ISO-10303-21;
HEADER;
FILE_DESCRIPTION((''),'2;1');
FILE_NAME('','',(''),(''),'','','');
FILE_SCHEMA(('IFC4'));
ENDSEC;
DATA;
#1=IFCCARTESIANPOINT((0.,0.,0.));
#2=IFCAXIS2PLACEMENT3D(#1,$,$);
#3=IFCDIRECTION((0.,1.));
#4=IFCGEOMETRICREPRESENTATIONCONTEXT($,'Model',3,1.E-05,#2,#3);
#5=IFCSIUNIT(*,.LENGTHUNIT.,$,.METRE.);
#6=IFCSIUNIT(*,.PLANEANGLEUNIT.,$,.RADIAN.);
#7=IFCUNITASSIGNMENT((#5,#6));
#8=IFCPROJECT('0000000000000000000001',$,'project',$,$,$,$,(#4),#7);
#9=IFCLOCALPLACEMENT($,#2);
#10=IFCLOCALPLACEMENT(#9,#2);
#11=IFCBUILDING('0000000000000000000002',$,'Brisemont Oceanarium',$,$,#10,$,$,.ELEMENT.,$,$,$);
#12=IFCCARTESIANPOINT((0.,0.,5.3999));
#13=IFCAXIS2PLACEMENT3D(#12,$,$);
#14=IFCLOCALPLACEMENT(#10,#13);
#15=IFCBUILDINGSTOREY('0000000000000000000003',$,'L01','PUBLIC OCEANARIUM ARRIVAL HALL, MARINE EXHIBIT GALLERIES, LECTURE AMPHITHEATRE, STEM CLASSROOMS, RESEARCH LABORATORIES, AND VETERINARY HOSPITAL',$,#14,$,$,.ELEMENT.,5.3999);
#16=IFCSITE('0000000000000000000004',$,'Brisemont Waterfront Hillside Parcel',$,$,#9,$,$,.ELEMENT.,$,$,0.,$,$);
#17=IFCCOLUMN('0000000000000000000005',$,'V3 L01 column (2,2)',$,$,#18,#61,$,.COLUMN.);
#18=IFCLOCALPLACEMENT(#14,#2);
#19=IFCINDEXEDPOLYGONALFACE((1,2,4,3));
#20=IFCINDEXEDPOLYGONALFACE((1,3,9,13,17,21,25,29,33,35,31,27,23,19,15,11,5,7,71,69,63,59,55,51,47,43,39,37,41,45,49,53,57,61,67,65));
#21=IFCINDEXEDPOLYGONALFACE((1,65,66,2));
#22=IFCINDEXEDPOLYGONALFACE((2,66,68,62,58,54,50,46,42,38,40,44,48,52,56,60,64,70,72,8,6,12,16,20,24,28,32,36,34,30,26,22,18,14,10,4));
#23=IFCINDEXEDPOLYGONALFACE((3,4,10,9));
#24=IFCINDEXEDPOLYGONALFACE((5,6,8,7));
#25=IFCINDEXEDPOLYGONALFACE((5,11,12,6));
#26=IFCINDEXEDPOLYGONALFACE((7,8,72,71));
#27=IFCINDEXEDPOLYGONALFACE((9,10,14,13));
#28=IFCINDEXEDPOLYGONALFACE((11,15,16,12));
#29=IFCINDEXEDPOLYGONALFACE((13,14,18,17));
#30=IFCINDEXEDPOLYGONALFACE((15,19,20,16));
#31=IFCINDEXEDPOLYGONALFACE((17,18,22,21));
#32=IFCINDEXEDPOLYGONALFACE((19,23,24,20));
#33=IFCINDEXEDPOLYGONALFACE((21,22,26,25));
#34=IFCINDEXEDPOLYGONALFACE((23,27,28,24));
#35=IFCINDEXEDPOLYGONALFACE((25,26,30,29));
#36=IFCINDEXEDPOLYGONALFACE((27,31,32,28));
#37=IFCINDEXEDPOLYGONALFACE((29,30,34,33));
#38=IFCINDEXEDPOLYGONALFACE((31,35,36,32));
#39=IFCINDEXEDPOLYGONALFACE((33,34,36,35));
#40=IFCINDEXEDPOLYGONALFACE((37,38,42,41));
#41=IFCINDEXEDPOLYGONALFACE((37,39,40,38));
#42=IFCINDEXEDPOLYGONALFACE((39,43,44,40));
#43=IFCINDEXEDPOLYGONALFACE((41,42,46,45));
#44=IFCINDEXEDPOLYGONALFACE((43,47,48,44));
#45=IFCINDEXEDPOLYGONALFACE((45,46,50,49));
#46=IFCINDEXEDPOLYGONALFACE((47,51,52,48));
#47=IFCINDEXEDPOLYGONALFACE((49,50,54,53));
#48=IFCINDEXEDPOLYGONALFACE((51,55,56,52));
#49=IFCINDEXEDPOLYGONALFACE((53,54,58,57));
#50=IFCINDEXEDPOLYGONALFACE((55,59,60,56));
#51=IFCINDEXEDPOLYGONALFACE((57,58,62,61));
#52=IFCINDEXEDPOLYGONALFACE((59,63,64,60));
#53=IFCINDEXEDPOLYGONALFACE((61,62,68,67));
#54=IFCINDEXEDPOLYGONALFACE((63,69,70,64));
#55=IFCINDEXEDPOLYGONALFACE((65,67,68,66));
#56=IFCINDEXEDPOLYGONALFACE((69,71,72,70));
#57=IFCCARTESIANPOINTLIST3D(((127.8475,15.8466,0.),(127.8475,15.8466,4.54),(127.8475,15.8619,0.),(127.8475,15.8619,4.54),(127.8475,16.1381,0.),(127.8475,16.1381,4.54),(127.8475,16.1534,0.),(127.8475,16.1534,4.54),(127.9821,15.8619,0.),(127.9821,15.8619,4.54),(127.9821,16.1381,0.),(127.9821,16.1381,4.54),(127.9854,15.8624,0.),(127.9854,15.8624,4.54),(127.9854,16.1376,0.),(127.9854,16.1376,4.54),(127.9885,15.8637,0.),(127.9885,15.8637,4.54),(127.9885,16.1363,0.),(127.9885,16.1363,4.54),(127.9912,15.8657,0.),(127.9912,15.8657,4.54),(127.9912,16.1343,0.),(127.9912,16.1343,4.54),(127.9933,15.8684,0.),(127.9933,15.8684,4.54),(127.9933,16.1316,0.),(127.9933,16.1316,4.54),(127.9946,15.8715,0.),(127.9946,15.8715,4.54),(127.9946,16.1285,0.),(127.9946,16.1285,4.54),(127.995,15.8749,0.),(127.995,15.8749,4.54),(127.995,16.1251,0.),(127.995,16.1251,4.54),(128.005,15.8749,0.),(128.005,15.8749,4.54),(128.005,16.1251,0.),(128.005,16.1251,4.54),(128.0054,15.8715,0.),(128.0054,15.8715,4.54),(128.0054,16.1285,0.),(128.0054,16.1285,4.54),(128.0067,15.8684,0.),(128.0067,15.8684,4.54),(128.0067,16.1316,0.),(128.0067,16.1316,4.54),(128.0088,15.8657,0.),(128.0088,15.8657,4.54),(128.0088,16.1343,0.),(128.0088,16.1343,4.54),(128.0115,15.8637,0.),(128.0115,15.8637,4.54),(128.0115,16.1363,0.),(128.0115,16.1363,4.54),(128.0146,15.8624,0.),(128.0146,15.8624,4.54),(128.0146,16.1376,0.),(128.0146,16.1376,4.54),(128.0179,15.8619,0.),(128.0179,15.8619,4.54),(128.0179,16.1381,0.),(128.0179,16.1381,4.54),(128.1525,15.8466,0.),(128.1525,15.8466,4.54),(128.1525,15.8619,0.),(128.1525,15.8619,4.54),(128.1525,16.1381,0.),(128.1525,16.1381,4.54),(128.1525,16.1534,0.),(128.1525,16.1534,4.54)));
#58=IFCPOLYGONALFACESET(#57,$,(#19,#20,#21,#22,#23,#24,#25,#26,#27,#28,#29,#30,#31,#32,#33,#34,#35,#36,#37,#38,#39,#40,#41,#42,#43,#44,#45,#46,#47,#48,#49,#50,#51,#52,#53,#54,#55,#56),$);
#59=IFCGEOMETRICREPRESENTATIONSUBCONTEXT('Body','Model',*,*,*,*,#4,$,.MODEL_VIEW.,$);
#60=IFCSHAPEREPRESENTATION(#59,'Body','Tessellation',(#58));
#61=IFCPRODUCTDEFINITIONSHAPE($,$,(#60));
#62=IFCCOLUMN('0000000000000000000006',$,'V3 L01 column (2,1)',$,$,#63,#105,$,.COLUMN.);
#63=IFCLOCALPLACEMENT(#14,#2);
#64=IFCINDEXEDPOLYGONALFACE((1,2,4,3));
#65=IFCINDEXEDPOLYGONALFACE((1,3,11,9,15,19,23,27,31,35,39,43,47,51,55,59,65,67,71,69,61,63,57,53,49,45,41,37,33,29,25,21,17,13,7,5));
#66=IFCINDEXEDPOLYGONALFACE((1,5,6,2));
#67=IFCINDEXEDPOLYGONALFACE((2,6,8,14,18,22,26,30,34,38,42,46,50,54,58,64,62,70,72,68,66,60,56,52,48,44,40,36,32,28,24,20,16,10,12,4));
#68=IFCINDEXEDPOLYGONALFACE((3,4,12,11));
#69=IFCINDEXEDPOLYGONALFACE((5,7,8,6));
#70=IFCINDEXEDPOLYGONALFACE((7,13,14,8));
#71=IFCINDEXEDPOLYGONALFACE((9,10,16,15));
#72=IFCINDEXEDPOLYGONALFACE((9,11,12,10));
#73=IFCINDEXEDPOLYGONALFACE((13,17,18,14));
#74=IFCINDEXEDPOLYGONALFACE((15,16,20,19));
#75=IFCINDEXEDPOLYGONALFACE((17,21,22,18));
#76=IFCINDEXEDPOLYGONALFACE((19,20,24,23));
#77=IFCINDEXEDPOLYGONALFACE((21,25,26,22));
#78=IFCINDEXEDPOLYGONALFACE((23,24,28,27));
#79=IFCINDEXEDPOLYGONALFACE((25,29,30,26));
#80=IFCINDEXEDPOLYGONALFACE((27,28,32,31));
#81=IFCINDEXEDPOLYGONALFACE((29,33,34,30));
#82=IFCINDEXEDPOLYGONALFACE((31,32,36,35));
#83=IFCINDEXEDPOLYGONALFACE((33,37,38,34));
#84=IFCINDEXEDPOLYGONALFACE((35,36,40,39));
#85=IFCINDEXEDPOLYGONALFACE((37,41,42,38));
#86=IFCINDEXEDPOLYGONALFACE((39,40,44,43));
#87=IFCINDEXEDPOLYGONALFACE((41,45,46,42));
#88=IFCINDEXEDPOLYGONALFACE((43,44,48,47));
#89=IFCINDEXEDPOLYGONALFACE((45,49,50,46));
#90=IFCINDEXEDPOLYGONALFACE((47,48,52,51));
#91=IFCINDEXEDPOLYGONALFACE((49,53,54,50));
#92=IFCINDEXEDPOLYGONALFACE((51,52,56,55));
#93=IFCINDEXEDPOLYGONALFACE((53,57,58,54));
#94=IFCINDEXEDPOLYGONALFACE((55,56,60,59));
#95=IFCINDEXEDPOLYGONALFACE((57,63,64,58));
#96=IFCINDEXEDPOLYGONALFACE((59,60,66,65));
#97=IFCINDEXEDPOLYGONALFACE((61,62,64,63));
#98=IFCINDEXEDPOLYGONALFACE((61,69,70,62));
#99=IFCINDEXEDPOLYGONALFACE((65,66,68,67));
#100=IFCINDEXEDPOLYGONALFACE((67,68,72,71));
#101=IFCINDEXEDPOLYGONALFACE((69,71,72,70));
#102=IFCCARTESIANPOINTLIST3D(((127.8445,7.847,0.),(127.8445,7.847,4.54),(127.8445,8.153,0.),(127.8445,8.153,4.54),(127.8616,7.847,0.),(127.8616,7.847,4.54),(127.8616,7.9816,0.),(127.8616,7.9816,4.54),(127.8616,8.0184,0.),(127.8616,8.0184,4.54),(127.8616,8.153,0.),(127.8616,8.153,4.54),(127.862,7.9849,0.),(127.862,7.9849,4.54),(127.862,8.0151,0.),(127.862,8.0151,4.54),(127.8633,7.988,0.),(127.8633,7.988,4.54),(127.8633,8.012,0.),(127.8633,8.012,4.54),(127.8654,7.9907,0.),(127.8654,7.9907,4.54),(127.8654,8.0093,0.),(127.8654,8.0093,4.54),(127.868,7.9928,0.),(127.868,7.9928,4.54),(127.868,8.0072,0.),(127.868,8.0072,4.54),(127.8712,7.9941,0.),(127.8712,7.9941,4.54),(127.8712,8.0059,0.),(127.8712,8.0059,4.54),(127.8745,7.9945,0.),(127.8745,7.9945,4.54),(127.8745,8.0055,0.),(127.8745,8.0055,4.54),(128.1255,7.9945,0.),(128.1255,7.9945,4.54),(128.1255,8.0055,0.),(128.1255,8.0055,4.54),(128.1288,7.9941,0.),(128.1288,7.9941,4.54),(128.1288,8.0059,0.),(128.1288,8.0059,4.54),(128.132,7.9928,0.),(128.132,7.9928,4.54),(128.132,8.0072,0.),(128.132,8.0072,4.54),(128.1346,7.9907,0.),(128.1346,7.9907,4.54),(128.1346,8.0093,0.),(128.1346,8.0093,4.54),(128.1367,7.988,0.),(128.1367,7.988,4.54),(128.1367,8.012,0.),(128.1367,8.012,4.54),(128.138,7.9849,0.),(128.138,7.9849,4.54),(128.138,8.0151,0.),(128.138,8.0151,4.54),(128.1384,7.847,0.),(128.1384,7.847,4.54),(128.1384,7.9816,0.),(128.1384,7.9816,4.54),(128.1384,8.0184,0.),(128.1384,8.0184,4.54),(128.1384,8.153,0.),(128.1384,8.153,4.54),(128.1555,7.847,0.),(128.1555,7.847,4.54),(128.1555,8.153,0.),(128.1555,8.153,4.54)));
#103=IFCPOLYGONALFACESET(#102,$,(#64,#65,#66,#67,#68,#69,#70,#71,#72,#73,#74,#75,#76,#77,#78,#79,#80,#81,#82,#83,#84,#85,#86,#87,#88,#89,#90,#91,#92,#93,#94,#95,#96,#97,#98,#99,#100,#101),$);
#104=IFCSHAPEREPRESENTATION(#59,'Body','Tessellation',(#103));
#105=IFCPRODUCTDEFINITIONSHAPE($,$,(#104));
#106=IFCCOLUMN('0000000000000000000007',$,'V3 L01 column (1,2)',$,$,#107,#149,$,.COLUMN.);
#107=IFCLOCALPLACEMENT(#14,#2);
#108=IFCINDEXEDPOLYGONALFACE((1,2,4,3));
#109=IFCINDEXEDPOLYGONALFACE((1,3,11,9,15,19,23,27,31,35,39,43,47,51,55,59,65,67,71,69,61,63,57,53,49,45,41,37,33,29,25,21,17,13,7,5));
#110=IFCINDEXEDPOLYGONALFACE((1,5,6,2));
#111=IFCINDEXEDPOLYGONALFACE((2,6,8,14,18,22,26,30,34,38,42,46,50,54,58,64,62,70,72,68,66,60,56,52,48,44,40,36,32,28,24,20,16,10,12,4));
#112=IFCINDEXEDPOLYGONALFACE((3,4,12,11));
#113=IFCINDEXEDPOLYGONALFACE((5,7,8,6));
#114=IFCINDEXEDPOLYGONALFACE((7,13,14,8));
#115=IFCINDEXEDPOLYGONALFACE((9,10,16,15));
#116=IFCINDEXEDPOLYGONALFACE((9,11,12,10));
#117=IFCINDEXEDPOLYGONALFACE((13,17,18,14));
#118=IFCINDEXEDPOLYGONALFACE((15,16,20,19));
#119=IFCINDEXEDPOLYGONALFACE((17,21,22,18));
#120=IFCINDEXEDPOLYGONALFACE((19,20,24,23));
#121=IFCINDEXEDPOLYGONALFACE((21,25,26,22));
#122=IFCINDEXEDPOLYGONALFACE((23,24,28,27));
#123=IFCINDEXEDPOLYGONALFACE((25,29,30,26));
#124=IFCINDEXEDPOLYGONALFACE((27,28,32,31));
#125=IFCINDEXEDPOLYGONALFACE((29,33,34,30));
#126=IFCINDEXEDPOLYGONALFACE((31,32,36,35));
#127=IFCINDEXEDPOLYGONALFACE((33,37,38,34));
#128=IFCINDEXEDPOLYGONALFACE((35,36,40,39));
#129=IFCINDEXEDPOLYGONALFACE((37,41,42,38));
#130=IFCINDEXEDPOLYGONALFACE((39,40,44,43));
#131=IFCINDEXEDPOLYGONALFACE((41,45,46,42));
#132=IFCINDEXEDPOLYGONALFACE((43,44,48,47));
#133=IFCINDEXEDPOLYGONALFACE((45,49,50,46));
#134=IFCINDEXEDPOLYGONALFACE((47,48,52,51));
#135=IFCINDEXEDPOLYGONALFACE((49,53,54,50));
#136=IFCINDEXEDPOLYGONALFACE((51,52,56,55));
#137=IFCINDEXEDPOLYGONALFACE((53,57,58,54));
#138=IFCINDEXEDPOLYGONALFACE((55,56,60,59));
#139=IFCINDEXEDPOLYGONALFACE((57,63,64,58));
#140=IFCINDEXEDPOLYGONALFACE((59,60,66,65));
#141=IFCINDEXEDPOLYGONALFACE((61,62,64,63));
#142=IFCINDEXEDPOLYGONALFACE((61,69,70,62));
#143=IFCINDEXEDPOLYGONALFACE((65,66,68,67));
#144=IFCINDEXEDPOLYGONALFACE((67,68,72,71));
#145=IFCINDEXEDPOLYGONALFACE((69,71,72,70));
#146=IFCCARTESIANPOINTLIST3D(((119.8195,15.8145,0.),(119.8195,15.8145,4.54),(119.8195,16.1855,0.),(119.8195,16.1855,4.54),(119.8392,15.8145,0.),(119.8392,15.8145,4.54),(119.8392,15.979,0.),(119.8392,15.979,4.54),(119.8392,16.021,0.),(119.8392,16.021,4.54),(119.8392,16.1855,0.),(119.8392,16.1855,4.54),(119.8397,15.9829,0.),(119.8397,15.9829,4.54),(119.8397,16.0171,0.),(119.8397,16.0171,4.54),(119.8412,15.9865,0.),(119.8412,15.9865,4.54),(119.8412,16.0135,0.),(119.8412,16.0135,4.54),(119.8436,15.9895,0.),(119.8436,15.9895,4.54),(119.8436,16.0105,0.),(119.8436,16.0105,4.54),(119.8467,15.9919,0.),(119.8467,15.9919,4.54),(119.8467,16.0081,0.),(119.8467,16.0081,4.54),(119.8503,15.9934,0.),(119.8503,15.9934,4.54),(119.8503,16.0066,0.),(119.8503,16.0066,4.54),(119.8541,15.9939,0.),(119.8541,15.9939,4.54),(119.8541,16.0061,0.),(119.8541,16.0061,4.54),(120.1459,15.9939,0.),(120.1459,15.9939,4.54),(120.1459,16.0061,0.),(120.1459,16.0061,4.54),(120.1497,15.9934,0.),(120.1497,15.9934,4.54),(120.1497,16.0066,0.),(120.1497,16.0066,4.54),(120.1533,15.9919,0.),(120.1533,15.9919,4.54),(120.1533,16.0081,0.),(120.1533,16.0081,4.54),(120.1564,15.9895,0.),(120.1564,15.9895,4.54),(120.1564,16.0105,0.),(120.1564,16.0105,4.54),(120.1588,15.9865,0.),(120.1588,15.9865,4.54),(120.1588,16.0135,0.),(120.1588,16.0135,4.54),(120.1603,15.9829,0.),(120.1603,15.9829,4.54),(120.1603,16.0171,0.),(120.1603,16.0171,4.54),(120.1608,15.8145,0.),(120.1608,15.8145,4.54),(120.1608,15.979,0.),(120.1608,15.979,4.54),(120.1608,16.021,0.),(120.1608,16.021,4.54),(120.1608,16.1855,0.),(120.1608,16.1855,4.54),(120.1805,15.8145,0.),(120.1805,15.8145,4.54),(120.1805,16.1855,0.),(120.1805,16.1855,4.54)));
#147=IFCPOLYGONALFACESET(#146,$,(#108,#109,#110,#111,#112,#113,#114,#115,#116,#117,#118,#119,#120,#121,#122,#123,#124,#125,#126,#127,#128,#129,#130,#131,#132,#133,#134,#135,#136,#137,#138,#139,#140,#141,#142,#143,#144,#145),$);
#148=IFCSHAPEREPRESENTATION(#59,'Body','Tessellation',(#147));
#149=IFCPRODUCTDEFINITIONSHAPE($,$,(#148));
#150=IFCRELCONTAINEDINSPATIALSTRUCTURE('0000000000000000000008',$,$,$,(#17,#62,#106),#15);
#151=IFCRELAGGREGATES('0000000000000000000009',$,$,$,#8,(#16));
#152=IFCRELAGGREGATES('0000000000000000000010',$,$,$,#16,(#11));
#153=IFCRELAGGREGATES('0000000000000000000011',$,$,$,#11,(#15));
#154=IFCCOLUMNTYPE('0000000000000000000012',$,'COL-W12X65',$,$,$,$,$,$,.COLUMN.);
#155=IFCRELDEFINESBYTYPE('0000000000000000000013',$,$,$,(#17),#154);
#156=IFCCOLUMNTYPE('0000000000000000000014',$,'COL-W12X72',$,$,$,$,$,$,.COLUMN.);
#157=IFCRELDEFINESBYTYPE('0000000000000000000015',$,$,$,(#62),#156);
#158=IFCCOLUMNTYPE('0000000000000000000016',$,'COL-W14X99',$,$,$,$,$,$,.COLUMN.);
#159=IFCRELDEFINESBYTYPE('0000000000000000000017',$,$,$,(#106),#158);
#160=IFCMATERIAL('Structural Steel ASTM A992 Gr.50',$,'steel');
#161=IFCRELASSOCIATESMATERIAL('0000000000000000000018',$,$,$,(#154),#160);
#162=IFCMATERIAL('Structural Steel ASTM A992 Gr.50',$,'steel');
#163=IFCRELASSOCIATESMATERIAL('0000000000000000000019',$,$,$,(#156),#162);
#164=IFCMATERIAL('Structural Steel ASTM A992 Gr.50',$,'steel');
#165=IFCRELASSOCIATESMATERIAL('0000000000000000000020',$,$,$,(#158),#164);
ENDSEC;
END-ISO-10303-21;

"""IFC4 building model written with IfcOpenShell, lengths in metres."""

from ifc_helpers import new_model, si_unit, direction, frame, origin, origin_2d, place, context, subcontext, project, spatial, i_section, extrude, material, material_profile, profile_set, type_object, element, save


model = new_model("IFC4")

# Units and contexts
model_context = context("Model", 3, precision=1e-05, world=origin(), true_north=direction((0.0, 1.0)))
body_context = subcontext(model_context, "Body", "Model", "MODEL_VIEW")
ifc_project = project(units=[si_unit("LENGTHUNIT", "METRE"), si_unit("PLANEANGLEUNIT", "RADIAN")], contexts=[model_context])

# Site, building, storey
site_placement = place(None, origin())
site = spatial("IfcSite", under=ifc_project, at=site_placement, Name="Brisemont Waterfront Hillside Parcel", CompositionType="ELEMENT", RefElevation=0.0)
building_placement = place(site_placement, origin())
building = spatial("IfcBuilding", under=site, at=building_placement, Name="Brisemont Oceanarium", CompositionType="ELEMENT")
storey_placement = place(building_placement, frame((0.0, 0.0, 5.3999)))
storey = spatial("IfcBuildingStorey", under=building, at=storey_placement, Name="L01", Description="PUBLIC OCEANARIUM ARRIVAL HALL, MARINE EXHIBIT GALLERIES, LECTURE AMPHITHEATRE, STEM CLASSROOMS, RESEARCH LABORATORIES, AND VETERINARY HOSPITAL", CompositionType="ELEMENT", Elevation=5.3999)

# Columns
ifc_material_1 = material(Name="Structural Steel ASTM A992 Gr.50", Category="steel")
ifc_material_profile_1 = material_profile(ifc_material_1, i_section(OverallWidth=0.3049, OverallDepth=0.3069, WebThickness=0.01, FlangeThickness=0.0154, FilletRadius=0.0129, at=origin_2d()), Name="W12X65")
ifc_profile_set_1 = profile_set([ifc_material_profile_1], Name="Structural Steel ASTM A992 Gr.50")
column_type_1 = type_object("IfcColumnType", Name="COL-W12X65", PredefinedType="COLUMN", material=ifc_profile_set_1)
column_1_placement = place(storey_placement, frame((128.0, 16.0, 0.0), z_axis=(0.0, 0.0, 1.0), x_axis=(1.0, 0.0, 0.0)))
element("IfcColumn", 1, at=column_1_placement, inside=storey, type_object=column_type_1, Name="V3 L01 column (2,2)", PredefinedType="COLUMN", context=body_context, shape_type="SweptSolid", body=[
    extrude(i_section(OverallWidth=0.3049, OverallDepth=0.3069, WebThickness=0.01, FlangeThickness=0.0154, FilletRadius=0.0129, at=origin_2d()), origin(), (0.0, 0.0, 1.0), 4.54),
])
ifc_material_2 = material(Name="Structural Steel ASTM A992 Gr.50", Category="steel")
ifc_material_profile_2 = material_profile(ifc_material_2, i_section(OverallWidth=0.3059, OverallDepth=0.311, WebThickness=0.011, FlangeThickness=0.0171, FilletRadius=0.0129, at=origin_2d()), Name="W12X72")
ifc_profile_set_2 = profile_set([ifc_material_profile_2], Name="Structural Steel ASTM A992 Gr.50")
column_type_2 = type_object("IfcColumnType", Name="COL-W12X72", PredefinedType="COLUMN", material=ifc_profile_set_2)
column_2_placement = place(storey_placement, frame((128.0, 8.0, 0.0), z_axis=(0.0, 0.0, 1.0), x_axis=(0.0, 1.0, 0.0)))
element("IfcColumn", 2, at=column_2_placement, inside=storey, type_object=column_type_2, Name="V3 L01 column (2,1)", PredefinedType="COLUMN", context=body_context, shape_type="SweptSolid", body=[
    extrude(i_section(OverallWidth=0.3059, OverallDepth=0.311, WebThickness=0.011, FlangeThickness=0.0171, FilletRadius=0.0129, at=origin_2d()), origin(), (0.0, 0.0, 1.0), 4.54),
])
ifc_material_3 = material(Name="Structural Steel ASTM A992 Gr.50", Category="steel")
ifc_material_profile_3 = material_profile(ifc_material_3, i_section(OverallWidth=0.3711, OverallDepth=0.3611, WebThickness=0.0122, FlangeThickness=0.0198, FilletRadius=0.0149, at=origin_2d()), Name="W14X99")
ifc_profile_set_3 = profile_set([ifc_material_profile_3], Name="Structural Steel ASTM A992 Gr.50")
column_type_3 = type_object("IfcColumnType", Name="COL-W14X99", PredefinedType="COLUMN", material=ifc_profile_set_3)
column_3_placement = place(storey_placement, frame((120.0, 16.0, 0.0), z_axis=(0.0, 0.0, 1.0), x_axis=(0.0, 1.0, 0.0)))
element("IfcColumn", 3, at=column_3_placement, inside=storey, type_object=column_type_3, Name="V3 L01 column (1,2)", PredefinedType="COLUMN", context=body_context, shape_type="SweptSolid", body=[
    extrude(i_section(OverallWidth=0.3711, OverallDepth=0.3611, WebThickness=0.0122, FlangeThickness=0.0198, FilletRadius=0.0149, at=origin_2d()), origin(), (0.0, 0.0, 1.0), 4.54),
])

save(model, "model.ifc")
